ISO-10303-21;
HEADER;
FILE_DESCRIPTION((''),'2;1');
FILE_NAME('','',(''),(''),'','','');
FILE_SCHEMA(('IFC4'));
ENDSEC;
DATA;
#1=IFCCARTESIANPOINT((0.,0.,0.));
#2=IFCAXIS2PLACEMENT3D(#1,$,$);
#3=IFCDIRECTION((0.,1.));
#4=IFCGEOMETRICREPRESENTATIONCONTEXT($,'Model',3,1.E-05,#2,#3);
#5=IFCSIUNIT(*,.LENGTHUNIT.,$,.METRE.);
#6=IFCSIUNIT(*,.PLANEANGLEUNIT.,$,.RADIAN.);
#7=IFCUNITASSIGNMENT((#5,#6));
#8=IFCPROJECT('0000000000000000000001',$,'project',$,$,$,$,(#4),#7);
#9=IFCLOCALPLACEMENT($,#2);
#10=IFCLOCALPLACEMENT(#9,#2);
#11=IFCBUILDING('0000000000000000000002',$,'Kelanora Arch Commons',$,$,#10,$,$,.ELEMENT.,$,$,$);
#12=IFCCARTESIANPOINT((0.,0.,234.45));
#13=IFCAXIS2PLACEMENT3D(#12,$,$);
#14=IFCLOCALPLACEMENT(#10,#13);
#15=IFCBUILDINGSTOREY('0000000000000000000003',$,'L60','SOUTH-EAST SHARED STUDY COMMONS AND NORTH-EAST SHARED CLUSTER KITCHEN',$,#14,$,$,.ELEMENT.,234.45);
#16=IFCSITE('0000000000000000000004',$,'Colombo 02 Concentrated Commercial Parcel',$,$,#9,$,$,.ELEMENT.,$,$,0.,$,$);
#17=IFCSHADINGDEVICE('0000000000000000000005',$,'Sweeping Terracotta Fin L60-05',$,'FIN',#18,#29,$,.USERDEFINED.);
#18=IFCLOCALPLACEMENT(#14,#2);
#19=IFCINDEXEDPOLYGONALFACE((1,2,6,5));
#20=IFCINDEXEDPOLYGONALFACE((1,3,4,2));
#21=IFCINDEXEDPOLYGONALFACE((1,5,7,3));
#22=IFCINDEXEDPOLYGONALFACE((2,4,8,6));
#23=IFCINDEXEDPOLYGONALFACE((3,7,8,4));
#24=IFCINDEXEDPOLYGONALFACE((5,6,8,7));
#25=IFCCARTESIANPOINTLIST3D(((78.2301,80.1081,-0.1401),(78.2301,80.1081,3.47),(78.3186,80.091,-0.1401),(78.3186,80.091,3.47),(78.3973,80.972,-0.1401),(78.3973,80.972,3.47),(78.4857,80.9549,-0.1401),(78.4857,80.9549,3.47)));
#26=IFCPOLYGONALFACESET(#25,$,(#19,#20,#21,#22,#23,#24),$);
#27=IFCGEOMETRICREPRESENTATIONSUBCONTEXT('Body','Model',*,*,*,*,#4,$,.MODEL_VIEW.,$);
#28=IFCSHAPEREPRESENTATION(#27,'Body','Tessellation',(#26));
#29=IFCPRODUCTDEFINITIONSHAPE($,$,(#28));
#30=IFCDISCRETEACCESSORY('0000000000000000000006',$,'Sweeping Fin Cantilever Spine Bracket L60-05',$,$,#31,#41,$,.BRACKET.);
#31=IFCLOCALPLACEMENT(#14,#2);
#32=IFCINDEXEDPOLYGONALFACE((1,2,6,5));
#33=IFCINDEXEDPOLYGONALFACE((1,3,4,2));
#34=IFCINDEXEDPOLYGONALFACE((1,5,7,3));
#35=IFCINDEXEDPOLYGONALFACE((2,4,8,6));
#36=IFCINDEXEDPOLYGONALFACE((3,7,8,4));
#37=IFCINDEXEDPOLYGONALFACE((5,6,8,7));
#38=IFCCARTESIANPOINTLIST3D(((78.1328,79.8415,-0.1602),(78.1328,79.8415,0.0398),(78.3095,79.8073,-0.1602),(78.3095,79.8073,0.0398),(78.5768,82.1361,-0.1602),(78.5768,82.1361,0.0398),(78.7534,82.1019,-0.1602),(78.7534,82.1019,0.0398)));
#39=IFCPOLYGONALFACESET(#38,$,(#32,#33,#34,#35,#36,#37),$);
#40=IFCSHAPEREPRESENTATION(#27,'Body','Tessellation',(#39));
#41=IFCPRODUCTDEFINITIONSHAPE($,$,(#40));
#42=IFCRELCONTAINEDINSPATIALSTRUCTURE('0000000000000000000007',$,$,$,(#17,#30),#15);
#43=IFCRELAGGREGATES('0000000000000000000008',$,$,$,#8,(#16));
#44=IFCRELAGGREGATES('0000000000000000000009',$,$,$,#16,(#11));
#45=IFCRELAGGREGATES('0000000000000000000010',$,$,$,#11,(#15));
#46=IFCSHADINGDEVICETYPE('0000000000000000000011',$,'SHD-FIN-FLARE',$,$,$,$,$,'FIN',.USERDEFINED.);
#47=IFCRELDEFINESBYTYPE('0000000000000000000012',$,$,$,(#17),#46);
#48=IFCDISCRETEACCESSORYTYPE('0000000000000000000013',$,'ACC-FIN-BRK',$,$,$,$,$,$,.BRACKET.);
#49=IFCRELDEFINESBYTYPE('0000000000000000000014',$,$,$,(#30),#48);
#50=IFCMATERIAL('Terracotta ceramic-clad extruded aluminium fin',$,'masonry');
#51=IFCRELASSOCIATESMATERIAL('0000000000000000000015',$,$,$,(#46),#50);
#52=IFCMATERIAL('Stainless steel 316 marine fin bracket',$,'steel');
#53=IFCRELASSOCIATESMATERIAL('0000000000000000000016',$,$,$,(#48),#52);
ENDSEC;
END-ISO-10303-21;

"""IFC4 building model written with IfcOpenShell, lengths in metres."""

from ifc_helpers import new_model, si_unit, direction, frame, origin, origin_2d, place, context, subcontext, project, spatial, rectangle, extrude, source, transform, mapped, material, type_object, element, save


model = new_model("IFC4")

# Units and contexts
model_context = context("Model", 3, precision=1e-05, world=origin(), true_north=direction((0.0, 1.0)))
body_context = subcontext(model_context, "Body", "Model", "MODEL_VIEW")
ifc_project = project(units=[si_unit("LENGTHUNIT", "METRE"), si_unit("PLANEANGLEUNIT", "RADIAN")], contexts=[model_context])

# Site, building, storey
site_placement = place(None, origin())
site = spatial("IfcSite", under=ifc_project, at=site_placement, Name="Colombo 02 Concentrated Commercial Parcel", CompositionType="ELEMENT", RefElevation=0.0)
building_placement = place(site_placement, origin())
building = spatial("IfcBuilding", under=site, at=building_placement, Name="Kelanora Arch Commons", CompositionType="ELEMENT")
storey_placement = place(building_placement, frame((0.0, 0.0, 234.45)))
storey = spatial("IfcBuildingStorey", under=building, at=storey_placement, Name="L60", Description="SOUTH-EAST SHARED STUDY COMMONS AND NORTH-EAST SHARED CLUSTER KITCHEN", CompositionType="ELEMENT", Elevation=234.45)

# Shading device
ifc_material_1 = material(Name="Terracotta ceramic-clad extruded aluminium fin", Category="masonry")
shading_device_type = type_object("IfcShadingDeviceType", Name="SHD-FIN-FLARE", ElementType="FIN", PredefinedType="USERDEFINED", material=ifc_material_1)
shared_shape_1 = source(origin(), body_context, "Body", "SweptSolid", [
    extrude(rectangle(XDim=0.8799, YDim=0.0901, at=origin_2d()), origin(), (0.0, 0.0, 1.0), 3.6101),
])
shading_device_placement = place(storey_placement, frame((78.3579, 80.5315, -0.1401), z_axis=(0.0, 0.0, 1.0), x_axis=(0.189952, 0.981793, 0.0)))
element("IfcShadingDevice", 1, at=shading_device_placement, inside=storey, type_object=shading_device_type, Name="Sweeping Terracotta Fin L60-05", ObjectType="FIN", PredefinedType="USERDEFINED", context=body_context, shape_type="MappedRepresentation", body=[
    mapped(shared_shape_1, transform((0.0, 0.0, 0.0), scale=1.0)),
])

# Discrete accessory
ifc_material_2 = material(Name="Stainless steel 316 marine fin bracket", Category="steel")
discrete_accessory_type = type_object("IfcDiscreteAccessoryType", Name="ACC-FIN-BRK", PredefinedType="BRACKET", material=ifc_material_2)
shared_shape_2 = source(origin(), body_context, "Body", "SweptSolid", [
    extrude(rectangle(XDim=2.3372, YDim=0.1799, at=origin_2d()), origin(), (0.0, 0.0, 1.0), 0.2),
])
discrete_accessory_placement = place(storey_placement, frame((78.4431, 80.9717, -0.1602), z_axis=(0.0, 0.0, 1.0), x_axis=(0.189952, 0.981793, 0.0)))
element("IfcDiscreteAccessory", 2, at=discrete_accessory_placement, inside=storey, type_object=discrete_accessory_type, Name="Sweeping Fin Cantilever Spine Bracket L60-05", PredefinedType="BRACKET", context=body_context, shape_type="MappedRepresentation", body=[
    mapped(shared_shape_2, transform((0.0, 0.0, 0.0), scale=1.0)),
])

save(model, "model.ifc")
